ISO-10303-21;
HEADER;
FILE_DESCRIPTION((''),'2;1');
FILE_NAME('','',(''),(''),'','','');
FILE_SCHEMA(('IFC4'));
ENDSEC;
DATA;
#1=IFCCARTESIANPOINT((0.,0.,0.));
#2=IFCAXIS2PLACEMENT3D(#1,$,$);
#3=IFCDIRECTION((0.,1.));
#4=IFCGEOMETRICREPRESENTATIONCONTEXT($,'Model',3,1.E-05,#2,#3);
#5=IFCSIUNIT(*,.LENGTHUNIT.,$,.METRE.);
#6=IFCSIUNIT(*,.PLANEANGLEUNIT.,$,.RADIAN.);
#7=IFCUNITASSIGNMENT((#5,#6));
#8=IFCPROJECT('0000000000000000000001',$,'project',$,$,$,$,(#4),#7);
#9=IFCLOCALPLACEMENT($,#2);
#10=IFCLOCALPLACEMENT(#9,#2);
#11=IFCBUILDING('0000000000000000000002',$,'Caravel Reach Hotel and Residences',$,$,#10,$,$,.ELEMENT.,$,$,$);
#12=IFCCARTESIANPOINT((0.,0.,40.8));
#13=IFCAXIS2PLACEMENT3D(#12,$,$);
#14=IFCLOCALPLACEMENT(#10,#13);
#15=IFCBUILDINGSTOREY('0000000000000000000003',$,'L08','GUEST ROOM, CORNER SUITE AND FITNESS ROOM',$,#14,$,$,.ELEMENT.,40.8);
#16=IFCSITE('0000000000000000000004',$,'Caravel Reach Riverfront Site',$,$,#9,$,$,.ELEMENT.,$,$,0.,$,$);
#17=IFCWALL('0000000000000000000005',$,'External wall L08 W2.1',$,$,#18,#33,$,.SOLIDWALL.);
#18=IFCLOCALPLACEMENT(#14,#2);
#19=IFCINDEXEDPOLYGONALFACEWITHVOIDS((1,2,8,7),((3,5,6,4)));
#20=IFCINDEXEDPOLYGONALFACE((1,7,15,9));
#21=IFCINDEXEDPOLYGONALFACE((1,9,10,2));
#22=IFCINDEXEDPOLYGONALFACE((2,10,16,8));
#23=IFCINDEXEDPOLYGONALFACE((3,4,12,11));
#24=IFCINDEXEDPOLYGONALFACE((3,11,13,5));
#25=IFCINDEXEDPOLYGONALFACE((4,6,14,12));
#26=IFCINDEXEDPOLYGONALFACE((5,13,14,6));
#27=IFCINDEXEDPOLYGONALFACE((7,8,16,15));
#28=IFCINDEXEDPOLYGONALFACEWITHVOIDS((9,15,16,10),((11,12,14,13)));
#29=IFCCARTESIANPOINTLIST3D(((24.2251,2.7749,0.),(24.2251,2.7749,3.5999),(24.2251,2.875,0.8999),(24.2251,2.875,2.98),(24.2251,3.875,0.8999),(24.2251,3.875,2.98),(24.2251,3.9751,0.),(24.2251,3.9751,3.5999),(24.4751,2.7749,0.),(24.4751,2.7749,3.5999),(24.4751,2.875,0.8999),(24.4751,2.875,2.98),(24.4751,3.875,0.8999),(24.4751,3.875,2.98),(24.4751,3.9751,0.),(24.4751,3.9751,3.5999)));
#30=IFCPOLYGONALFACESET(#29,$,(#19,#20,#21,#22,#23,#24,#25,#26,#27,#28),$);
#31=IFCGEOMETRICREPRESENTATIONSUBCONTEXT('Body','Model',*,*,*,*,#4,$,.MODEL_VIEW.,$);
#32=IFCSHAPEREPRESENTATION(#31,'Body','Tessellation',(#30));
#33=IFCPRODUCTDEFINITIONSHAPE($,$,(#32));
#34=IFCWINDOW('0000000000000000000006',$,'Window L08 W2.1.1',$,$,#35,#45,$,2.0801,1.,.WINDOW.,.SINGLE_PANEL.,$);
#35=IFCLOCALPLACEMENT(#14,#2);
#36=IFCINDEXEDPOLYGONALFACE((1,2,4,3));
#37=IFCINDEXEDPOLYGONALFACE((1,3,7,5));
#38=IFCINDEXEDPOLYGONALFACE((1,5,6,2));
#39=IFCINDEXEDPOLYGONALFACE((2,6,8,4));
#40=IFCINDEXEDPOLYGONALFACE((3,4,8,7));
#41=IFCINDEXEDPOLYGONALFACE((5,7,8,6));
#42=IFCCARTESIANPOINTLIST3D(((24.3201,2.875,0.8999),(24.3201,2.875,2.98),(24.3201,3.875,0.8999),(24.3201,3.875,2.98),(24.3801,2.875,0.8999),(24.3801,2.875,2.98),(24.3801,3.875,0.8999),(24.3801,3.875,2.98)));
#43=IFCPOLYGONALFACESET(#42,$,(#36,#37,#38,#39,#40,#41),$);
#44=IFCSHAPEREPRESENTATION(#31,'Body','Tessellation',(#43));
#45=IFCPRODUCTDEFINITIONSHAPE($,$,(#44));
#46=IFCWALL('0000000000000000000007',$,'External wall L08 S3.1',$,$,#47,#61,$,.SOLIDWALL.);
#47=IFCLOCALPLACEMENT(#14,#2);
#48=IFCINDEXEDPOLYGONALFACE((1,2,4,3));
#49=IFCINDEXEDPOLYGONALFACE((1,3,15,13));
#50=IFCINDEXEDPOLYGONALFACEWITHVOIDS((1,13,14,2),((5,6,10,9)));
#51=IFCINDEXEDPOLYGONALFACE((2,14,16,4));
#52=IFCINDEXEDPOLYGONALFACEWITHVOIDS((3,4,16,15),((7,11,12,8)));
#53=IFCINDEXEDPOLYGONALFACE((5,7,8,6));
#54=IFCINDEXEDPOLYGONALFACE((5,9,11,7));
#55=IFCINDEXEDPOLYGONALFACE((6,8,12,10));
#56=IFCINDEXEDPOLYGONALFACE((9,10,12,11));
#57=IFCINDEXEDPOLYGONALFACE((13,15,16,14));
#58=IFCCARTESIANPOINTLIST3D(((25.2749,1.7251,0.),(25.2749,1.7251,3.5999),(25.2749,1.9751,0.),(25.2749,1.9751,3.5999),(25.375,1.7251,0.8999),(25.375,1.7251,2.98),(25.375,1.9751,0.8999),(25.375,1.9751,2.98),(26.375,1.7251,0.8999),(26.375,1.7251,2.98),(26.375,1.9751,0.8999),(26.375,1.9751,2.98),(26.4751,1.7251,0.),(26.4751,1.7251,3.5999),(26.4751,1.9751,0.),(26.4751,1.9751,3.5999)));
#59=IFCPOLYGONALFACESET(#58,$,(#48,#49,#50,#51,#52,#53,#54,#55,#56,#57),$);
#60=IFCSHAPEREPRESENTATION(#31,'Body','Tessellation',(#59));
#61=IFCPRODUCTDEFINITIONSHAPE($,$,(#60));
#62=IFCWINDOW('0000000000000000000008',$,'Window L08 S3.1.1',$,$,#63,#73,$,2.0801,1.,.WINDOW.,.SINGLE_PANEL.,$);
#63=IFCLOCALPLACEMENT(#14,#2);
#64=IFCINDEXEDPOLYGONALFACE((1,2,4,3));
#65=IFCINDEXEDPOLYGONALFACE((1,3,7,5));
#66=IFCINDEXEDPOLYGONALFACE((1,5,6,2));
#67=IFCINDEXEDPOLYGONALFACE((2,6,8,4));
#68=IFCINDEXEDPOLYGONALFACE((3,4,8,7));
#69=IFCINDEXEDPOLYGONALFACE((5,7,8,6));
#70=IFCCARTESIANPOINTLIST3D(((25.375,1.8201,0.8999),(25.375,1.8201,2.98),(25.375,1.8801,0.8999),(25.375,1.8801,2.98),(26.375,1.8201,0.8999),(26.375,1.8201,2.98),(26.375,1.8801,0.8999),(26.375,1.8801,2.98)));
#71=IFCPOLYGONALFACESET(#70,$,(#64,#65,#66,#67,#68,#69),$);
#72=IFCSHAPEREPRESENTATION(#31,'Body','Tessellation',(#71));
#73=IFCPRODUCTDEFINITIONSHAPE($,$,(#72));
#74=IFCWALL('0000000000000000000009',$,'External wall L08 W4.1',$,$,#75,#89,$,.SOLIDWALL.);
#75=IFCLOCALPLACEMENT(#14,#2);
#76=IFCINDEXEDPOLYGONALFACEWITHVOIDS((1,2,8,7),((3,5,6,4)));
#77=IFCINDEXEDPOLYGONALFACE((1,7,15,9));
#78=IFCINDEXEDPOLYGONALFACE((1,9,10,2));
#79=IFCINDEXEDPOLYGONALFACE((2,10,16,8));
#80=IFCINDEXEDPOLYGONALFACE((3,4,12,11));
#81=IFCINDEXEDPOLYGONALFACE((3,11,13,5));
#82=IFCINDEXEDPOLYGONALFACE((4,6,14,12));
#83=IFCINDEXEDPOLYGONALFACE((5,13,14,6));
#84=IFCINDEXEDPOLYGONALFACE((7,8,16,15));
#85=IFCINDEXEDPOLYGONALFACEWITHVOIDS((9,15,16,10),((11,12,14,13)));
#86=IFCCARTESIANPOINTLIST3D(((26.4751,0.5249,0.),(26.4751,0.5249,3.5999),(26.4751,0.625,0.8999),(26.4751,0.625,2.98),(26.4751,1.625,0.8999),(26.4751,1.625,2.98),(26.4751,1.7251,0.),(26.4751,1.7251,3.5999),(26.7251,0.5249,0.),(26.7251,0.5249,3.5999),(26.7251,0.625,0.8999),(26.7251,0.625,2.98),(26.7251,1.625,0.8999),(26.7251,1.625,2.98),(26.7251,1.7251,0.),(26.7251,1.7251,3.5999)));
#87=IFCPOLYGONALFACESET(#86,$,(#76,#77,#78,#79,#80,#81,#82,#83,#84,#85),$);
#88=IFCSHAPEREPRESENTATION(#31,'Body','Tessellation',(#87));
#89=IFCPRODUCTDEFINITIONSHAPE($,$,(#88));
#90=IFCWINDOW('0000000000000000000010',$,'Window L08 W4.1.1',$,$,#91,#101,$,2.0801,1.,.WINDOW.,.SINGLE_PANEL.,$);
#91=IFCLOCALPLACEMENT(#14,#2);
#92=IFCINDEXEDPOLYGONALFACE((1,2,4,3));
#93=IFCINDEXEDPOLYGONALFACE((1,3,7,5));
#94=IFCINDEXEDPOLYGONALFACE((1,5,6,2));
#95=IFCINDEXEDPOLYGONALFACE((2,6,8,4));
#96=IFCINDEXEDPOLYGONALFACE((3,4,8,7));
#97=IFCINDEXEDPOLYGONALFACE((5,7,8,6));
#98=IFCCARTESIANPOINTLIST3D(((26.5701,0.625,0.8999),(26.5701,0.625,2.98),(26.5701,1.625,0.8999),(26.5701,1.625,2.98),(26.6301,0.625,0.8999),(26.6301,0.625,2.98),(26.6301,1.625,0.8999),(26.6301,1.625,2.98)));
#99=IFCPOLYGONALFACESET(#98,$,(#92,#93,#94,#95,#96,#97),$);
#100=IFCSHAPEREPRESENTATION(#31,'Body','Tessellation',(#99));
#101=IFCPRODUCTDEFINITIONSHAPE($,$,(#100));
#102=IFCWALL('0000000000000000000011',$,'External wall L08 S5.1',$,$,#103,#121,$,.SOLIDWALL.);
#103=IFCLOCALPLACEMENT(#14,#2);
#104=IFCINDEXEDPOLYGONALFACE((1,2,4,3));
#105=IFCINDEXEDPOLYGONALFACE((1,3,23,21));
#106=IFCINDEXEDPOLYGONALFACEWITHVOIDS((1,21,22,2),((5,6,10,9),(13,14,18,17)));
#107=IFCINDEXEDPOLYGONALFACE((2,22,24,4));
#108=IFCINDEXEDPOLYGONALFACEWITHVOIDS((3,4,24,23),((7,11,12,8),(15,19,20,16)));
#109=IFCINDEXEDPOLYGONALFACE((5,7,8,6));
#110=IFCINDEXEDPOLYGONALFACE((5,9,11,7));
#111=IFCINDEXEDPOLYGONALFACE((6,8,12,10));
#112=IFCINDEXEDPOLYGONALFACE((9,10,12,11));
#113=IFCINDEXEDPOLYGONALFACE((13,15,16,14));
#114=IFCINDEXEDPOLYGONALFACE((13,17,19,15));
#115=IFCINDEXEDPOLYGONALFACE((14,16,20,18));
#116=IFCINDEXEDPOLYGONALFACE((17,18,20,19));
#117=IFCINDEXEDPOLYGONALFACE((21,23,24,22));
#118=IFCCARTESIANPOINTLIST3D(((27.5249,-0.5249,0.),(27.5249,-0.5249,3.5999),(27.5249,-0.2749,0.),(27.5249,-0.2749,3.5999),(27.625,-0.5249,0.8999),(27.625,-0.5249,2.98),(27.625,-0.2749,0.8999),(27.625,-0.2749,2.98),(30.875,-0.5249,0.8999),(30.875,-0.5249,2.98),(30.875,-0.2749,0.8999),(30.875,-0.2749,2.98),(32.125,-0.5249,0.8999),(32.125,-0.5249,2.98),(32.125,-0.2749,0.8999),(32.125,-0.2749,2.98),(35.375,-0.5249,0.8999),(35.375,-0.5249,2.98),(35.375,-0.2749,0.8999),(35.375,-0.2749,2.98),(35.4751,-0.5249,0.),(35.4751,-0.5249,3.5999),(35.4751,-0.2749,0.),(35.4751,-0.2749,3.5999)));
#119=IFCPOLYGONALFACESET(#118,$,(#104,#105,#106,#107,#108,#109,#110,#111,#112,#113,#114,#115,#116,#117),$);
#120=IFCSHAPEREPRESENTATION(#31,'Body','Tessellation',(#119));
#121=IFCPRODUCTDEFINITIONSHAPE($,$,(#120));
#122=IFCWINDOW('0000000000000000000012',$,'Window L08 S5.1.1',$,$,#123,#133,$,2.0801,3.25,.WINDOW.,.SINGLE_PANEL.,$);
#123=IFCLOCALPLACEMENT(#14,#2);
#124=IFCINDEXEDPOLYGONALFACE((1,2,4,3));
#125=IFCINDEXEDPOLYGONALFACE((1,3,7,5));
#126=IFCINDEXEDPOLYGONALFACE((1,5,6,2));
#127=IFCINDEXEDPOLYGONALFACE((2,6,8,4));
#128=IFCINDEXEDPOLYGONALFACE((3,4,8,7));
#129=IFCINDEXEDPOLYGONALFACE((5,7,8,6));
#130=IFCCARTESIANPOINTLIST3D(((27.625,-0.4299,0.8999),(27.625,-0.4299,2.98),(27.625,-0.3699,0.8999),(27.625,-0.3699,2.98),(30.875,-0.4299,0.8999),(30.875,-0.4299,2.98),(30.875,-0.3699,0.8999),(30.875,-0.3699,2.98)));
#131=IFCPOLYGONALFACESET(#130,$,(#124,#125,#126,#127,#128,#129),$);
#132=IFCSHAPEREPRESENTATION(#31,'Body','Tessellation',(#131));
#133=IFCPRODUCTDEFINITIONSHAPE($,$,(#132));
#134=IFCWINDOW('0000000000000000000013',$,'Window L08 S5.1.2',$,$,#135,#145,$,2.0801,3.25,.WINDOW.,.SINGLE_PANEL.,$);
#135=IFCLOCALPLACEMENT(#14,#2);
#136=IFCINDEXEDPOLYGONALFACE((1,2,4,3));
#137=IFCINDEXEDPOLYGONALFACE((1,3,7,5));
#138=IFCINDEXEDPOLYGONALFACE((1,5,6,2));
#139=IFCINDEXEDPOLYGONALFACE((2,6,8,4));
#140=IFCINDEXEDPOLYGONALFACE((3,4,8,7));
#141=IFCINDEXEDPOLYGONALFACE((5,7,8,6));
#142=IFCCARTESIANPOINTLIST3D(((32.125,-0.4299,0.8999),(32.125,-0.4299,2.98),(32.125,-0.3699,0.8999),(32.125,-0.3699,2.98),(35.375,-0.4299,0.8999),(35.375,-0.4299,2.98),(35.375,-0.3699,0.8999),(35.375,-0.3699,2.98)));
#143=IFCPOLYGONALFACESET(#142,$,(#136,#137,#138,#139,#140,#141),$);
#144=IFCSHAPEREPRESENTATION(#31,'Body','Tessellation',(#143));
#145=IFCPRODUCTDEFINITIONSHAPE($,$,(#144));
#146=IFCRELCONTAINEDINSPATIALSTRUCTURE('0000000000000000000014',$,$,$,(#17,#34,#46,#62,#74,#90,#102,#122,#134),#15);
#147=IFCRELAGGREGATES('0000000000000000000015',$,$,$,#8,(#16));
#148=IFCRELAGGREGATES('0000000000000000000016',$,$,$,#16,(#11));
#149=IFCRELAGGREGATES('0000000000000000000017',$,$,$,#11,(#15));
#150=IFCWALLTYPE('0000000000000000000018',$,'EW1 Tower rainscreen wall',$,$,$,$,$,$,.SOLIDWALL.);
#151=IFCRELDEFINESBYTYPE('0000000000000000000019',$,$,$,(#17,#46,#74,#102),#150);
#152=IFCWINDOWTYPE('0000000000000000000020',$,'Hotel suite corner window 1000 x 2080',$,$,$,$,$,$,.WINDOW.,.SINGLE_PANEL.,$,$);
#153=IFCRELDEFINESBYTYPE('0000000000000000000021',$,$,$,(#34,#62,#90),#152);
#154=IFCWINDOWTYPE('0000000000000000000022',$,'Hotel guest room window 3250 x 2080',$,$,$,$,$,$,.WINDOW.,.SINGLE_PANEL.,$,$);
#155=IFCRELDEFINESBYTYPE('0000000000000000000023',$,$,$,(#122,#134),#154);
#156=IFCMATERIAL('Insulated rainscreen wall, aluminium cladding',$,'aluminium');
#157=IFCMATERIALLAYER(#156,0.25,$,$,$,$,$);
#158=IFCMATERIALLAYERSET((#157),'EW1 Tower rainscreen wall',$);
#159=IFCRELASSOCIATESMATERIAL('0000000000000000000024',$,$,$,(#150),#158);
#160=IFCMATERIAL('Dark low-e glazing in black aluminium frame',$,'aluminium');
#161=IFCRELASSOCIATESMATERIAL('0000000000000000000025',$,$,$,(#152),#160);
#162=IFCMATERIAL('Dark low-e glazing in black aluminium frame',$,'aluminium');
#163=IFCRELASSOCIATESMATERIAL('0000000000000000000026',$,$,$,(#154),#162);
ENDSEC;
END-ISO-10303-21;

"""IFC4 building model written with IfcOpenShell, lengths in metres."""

from ifc_helpers import new_model, si_unit, direction, frame, frame_2d, origin, place, context, subcontext, project, spatial, rectangle, extrude, material, layer, layer_set, type_object, element, fill, save


model = new_model("IFC4")

# Units and contexts
model_context = context("Model", 3, precision=1e-05, world=origin(), true_north=direction((0.0, 1.0)))
body_context = subcontext(model_context, "Body", "Model", "MODEL_VIEW")
ifc_project = project(units=[si_unit("LENGTHUNIT", "METRE"), si_unit("PLANEANGLEUNIT", "RADIAN")], contexts=[model_context])

# Site, building, storey
site_placement = place(None, origin())
site = spatial("IfcSite", under=ifc_project, at=site_placement, Name="Caravel Reach Riverfront Site", CompositionType="ELEMENT", RefElevation=0.0)
building_placement = place(site_placement, origin())
building = spatial("IfcBuilding", under=site, at=building_placement, Name="Caravel Reach Hotel and Residences", CompositionType="ELEMENT")
storey_placement = place(building_placement, frame((0.0, 0.0, 40.8)))
storey = spatial("IfcBuildingStorey", under=building, at=storey_placement, Name="L08", Description="GUEST ROOM, CORNER SUITE AND FITNESS ROOM", CompositionType="ELEMENT", Elevation=40.8)

# Walls, openings, windows
ifc_material_1 = material(Name="Insulated rainscreen wall, aluminium cladding", Category="aluminium")
ifc_layer = layer(ifc_material_1, 0.25)
ifc_layer_set = layer_set([ifc_layer], Name="EW1 Tower rainscreen wall")
wall_type = type_object("IfcWallType", Name="EW1 Tower rainscreen wall", PredefinedType="SOLIDWALL", material=ifc_layer_set)
wall_1_placement = place(storey_placement, frame((24.3501, 3.9751, 0.0), z_axis=(0.0, 0.0, 1.0), x_axis=(0.0, -1.0, 0.0)))
wall_1 = element("IfcWall", 1, at=wall_1_placement, inside=storey, type_object=wall_type, Name="External wall L08 W2.1", PredefinedType="SOLIDWALL", context=body_context, shape_type="SweptSolid", body=[
    extrude(rectangle(XDim=1.2002, YDim=0.25, at=frame_2d((0.6001, 0.0))), origin(), (0.0, 0.0, 1.0), 3.5999),
])
opening_1_placement = place(wall_1_placement, frame((0.1001, 0.0, 0.8999)))
opening_1 = element("IfcOpeningElement", 2, at=opening_1_placement, cuts=wall_1, PredefinedType="OPENING", context=body_context, shape_type="SweptSolid", body=[
    extrude(rectangle(XDim=1.0, YDim=2.0801, at=frame_2d((0.5, 1.04))), frame((0.0, 0.135, 0.0), z_axis=(0.0, -1.0, 0.0), x_axis=(1.0, 0.0, 0.0)), (0.0, 0.0, 1.0), 0.27),
])
ifc_material_2 = material(Name="Dark low-e glazing in black aluminium frame", Category="aluminium")
window_type_1 = type_object("IfcWindowType", Name="Hotel suite corner window 1000 x 2080", PartitioningType="SINGLE_PANEL", PredefinedType="WINDOW", material=ifc_material_2)
window_1_placement = place(opening_1_placement, origin())
window_1 = element("IfcWindow", 3, at=window_1_placement, inside=storey, type_object=window_type_1, Name="Window L08 W2.1.1", OverallHeight=2.0801, OverallWidth=1.0, PartitioningType="SINGLE_PANEL", PredefinedType="WINDOW", context=body_context, shape_type="SweptSolid", body=[
    extrude(rectangle(XDim=1.0, YDim=2.0801, at=frame_2d((0.5, 1.04))), frame((0.0, 0.03, 0.0), z_axis=(0.0, -1.0, 0.0), x_axis=(1.0, 0.0, 0.0)), (0.0, 0.0, 1.0), 0.0601),
])
fill(opening_1, window_1)
wall_2_placement = place(storey_placement, frame((25.2749, 1.8501, 0.0), z_axis=(0.0, 0.0, 1.0), x_axis=(1.0, 0.0, 0.0)))
wall_2 = element("IfcWall", 4, at=wall_2_placement, inside=storey, type_object=wall_type, Name="External wall L08 S3.1", PredefinedType="SOLIDWALL", context=body_context, shape_type="SweptSolid", body=[
    extrude(rectangle(XDim=1.2002, YDim=0.25, at=frame_2d((0.6001, 0.0))), origin(), (0.0, 0.0, 1.0), 3.5999),
])
opening_2_placement = place(wall_2_placement, frame((0.1001, 0.0, 0.8999)))
opening_2 = element("IfcOpeningElement", 5, at=opening_2_placement, cuts=wall_2, PredefinedType="OPENING", context=body_context, shape_type="SweptSolid", body=[
    extrude(rectangle(XDim=1.0, YDim=2.0801, at=frame_2d((0.5, 1.04))), frame((0.0, 0.135, 0.0), z_axis=(0.0, -1.0, 0.0), x_axis=(1.0, 0.0, 0.0)), (0.0, 0.0, 1.0), 0.27),
])
window_2_placement = place(opening_2_placement, origin())
window_2 = element("IfcWindow", 6, at=window_2_placement, inside=storey, type_object=window_type_1, Name="Window L08 S3.1.1", OverallHeight=2.0801, OverallWidth=1.0, PartitioningType="SINGLE_PANEL", PredefinedType="WINDOW", context=body_context, shape_type="SweptSolid", body=[
    extrude(rectangle(XDim=1.0, YDim=2.0801, at=frame_2d((0.5, 1.04))), frame((0.0, 0.03, 0.0), z_axis=(0.0, -1.0, 0.0), x_axis=(1.0, 0.0, 0.0)), (0.0, 0.0, 1.0), 0.0601),
])
fill(opening_2, window_2)
wall_3_placement = place(storey_placement, frame((26.6001, 1.7251, 0.0), z_axis=(0.0, 0.0, 1.0), x_axis=(0.0, -1.0, 0.0)))
wall_3 = element("IfcWall", 7, at=wall_3_placement, inside=storey, type_object=wall_type, Name="External wall L08 W4.1", PredefinedType="SOLIDWALL", context=body_context, shape_type="SweptSolid", body=[
    extrude(rectangle(XDim=1.2002, YDim=0.25, at=frame_2d((0.6001, 0.0))), origin(), (0.0, 0.0, 1.0), 3.5999),
])
opening_3_placement = place(wall_3_placement, frame((0.1001, 0.0, 0.8999)))
opening_3 = element("IfcOpeningElement", 8, at=opening_3_placement, cuts=wall_3, PredefinedType="OPENING", context=body_context, shape_type="SweptSolid", body=[
    extrude(rectangle(XDim=1.0, YDim=2.0801, at=frame_2d((0.5, 1.04))), frame((0.0, 0.135, 0.0), z_axis=(0.0, -1.0, 0.0), x_axis=(1.0, 0.0, 0.0)), (0.0, 0.0, 1.0), 0.27),
])
window_3_placement = place(opening_3_placement, origin())
window_3 = element("IfcWindow", 9, at=window_3_placement, inside=storey, type_object=window_type_1, Name="Window L08 W4.1.1", OverallHeight=2.0801, OverallWidth=1.0, PartitioningType="SINGLE_PANEL", PredefinedType="WINDOW", context=body_context, shape_type="SweptSolid", body=[
    extrude(rectangle(XDim=1.0, YDim=2.0801, at=frame_2d((0.5, 1.04))), frame((0.0, 0.03, 0.0), z_axis=(0.0, -1.0, 0.0), x_axis=(1.0, 0.0, 0.0)), (0.0, 0.0, 1.0), 0.0601),
])
fill(opening_3, window_3)

# Wall, openings, windows
wall_4_placement = place(storey_placement, frame((27.5249, -0.3999, 0.0), z_axis=(0.0, 0.0, 1.0), x_axis=(1.0, 0.0, 0.0)))
wall_4 = element("IfcWall", 10, at=wall_4_placement, inside=storey, type_object=wall_type, Name="External wall L08 S5.1", PredefinedType="SOLIDWALL", context=body_context, shape_type="SweptSolid", body=[
    extrude(rectangle(XDim=7.9502, YDim=0.25, at=frame_2d((3.9751, 0.0))), origin(), (0.0, 0.0, 1.0), 3.5999),
])
opening_4_placement = place(wall_4_placement, frame((0.1001, 0.0, 0.8999)))
opening_4 = element("IfcOpeningElement", 11, at=opening_4_placement, cuts=wall_4, PredefinedType="OPENING", context=body_context, shape_type="SweptSolid", body=[
    extrude(rectangle(XDim=3.25, YDim=2.0801, at=frame_2d((1.625, 1.04))), frame((0.0, 0.135, 0.0), z_axis=(0.0, -1.0, 0.0), x_axis=(1.0, 0.0, 0.0)), (0.0, 0.0, 1.0), 0.27),
])
opening_5_placement = place(wall_4_placement, frame((4.6001, 0.0, 0.8999)))
opening_5 = element("IfcOpeningElement", 12, at=opening_5_placement, cuts=wall_4, PredefinedType="OPENING", context=body_context, shape_type="SweptSolid", body=[
    extrude(rectangle(XDim=3.25, YDim=2.0801, at=frame_2d((1.625, 1.04))), frame((0.0, 0.135, 0.0), z_axis=(0.0, -1.0, 0.0), x_axis=(1.0, 0.0, 0.0)), (0.0, 0.0, 1.0), 0.27),
])
ifc_material_3 = material(Name="Dark low-e glazing in black aluminium frame", Category="aluminium")
window_type_2 = type_object("IfcWindowType", Name="Hotel guest room window 3250 x 2080", PartitioningType="SINGLE_PANEL", PredefinedType="WINDOW", material=ifc_material_3)
window_4_placement = place(opening_4_placement, origin())
window_4 = element("IfcWindow", 13, at=window_4_placement, inside=storey, type_object=window_type_2, Name="Window L08 S5.1.1", OverallHeight=2.0801, OverallWidth=3.25, PartitioningType="SINGLE_PANEL", PredefinedType="WINDOW", context=body_context, shape_type="SweptSolid", body=[
    extrude(rectangle(XDim=3.25, YDim=2.0801, at=frame_2d((1.625, 1.04))), frame((0.0, 0.03, 0.0), z_axis=(0.0, -1.0, 0.0), x_axis=(1.0, 0.0, 0.0)), (0.0, 0.0, 1.0), 0.0601),
])
fill(opening_4, window_4)
window_5_placement = place(opening_5_placement, origin())
window_5 = element("IfcWindow", 14, at=window_5_placement, inside=storey, type_object=window_type_2, Name="Window L08 S5.1.2", OverallHeight=2.0801, OverallWidth=3.25, PartitioningType="SINGLE_PANEL", PredefinedType="WINDOW", context=body_context, shape_type="SweptSolid", body=[
    extrude(rectangle(XDim=3.25, YDim=2.0801, at=frame_2d((1.625, 1.04))), frame((0.0, 0.03, 0.0), z_axis=(0.0, -1.0, 0.0), x_axis=(1.0, 0.0, 0.0)), (0.0, 0.0, 1.0), 0.0601),
])
fill(opening_5, window_5)

save(model, "model.ifc")
